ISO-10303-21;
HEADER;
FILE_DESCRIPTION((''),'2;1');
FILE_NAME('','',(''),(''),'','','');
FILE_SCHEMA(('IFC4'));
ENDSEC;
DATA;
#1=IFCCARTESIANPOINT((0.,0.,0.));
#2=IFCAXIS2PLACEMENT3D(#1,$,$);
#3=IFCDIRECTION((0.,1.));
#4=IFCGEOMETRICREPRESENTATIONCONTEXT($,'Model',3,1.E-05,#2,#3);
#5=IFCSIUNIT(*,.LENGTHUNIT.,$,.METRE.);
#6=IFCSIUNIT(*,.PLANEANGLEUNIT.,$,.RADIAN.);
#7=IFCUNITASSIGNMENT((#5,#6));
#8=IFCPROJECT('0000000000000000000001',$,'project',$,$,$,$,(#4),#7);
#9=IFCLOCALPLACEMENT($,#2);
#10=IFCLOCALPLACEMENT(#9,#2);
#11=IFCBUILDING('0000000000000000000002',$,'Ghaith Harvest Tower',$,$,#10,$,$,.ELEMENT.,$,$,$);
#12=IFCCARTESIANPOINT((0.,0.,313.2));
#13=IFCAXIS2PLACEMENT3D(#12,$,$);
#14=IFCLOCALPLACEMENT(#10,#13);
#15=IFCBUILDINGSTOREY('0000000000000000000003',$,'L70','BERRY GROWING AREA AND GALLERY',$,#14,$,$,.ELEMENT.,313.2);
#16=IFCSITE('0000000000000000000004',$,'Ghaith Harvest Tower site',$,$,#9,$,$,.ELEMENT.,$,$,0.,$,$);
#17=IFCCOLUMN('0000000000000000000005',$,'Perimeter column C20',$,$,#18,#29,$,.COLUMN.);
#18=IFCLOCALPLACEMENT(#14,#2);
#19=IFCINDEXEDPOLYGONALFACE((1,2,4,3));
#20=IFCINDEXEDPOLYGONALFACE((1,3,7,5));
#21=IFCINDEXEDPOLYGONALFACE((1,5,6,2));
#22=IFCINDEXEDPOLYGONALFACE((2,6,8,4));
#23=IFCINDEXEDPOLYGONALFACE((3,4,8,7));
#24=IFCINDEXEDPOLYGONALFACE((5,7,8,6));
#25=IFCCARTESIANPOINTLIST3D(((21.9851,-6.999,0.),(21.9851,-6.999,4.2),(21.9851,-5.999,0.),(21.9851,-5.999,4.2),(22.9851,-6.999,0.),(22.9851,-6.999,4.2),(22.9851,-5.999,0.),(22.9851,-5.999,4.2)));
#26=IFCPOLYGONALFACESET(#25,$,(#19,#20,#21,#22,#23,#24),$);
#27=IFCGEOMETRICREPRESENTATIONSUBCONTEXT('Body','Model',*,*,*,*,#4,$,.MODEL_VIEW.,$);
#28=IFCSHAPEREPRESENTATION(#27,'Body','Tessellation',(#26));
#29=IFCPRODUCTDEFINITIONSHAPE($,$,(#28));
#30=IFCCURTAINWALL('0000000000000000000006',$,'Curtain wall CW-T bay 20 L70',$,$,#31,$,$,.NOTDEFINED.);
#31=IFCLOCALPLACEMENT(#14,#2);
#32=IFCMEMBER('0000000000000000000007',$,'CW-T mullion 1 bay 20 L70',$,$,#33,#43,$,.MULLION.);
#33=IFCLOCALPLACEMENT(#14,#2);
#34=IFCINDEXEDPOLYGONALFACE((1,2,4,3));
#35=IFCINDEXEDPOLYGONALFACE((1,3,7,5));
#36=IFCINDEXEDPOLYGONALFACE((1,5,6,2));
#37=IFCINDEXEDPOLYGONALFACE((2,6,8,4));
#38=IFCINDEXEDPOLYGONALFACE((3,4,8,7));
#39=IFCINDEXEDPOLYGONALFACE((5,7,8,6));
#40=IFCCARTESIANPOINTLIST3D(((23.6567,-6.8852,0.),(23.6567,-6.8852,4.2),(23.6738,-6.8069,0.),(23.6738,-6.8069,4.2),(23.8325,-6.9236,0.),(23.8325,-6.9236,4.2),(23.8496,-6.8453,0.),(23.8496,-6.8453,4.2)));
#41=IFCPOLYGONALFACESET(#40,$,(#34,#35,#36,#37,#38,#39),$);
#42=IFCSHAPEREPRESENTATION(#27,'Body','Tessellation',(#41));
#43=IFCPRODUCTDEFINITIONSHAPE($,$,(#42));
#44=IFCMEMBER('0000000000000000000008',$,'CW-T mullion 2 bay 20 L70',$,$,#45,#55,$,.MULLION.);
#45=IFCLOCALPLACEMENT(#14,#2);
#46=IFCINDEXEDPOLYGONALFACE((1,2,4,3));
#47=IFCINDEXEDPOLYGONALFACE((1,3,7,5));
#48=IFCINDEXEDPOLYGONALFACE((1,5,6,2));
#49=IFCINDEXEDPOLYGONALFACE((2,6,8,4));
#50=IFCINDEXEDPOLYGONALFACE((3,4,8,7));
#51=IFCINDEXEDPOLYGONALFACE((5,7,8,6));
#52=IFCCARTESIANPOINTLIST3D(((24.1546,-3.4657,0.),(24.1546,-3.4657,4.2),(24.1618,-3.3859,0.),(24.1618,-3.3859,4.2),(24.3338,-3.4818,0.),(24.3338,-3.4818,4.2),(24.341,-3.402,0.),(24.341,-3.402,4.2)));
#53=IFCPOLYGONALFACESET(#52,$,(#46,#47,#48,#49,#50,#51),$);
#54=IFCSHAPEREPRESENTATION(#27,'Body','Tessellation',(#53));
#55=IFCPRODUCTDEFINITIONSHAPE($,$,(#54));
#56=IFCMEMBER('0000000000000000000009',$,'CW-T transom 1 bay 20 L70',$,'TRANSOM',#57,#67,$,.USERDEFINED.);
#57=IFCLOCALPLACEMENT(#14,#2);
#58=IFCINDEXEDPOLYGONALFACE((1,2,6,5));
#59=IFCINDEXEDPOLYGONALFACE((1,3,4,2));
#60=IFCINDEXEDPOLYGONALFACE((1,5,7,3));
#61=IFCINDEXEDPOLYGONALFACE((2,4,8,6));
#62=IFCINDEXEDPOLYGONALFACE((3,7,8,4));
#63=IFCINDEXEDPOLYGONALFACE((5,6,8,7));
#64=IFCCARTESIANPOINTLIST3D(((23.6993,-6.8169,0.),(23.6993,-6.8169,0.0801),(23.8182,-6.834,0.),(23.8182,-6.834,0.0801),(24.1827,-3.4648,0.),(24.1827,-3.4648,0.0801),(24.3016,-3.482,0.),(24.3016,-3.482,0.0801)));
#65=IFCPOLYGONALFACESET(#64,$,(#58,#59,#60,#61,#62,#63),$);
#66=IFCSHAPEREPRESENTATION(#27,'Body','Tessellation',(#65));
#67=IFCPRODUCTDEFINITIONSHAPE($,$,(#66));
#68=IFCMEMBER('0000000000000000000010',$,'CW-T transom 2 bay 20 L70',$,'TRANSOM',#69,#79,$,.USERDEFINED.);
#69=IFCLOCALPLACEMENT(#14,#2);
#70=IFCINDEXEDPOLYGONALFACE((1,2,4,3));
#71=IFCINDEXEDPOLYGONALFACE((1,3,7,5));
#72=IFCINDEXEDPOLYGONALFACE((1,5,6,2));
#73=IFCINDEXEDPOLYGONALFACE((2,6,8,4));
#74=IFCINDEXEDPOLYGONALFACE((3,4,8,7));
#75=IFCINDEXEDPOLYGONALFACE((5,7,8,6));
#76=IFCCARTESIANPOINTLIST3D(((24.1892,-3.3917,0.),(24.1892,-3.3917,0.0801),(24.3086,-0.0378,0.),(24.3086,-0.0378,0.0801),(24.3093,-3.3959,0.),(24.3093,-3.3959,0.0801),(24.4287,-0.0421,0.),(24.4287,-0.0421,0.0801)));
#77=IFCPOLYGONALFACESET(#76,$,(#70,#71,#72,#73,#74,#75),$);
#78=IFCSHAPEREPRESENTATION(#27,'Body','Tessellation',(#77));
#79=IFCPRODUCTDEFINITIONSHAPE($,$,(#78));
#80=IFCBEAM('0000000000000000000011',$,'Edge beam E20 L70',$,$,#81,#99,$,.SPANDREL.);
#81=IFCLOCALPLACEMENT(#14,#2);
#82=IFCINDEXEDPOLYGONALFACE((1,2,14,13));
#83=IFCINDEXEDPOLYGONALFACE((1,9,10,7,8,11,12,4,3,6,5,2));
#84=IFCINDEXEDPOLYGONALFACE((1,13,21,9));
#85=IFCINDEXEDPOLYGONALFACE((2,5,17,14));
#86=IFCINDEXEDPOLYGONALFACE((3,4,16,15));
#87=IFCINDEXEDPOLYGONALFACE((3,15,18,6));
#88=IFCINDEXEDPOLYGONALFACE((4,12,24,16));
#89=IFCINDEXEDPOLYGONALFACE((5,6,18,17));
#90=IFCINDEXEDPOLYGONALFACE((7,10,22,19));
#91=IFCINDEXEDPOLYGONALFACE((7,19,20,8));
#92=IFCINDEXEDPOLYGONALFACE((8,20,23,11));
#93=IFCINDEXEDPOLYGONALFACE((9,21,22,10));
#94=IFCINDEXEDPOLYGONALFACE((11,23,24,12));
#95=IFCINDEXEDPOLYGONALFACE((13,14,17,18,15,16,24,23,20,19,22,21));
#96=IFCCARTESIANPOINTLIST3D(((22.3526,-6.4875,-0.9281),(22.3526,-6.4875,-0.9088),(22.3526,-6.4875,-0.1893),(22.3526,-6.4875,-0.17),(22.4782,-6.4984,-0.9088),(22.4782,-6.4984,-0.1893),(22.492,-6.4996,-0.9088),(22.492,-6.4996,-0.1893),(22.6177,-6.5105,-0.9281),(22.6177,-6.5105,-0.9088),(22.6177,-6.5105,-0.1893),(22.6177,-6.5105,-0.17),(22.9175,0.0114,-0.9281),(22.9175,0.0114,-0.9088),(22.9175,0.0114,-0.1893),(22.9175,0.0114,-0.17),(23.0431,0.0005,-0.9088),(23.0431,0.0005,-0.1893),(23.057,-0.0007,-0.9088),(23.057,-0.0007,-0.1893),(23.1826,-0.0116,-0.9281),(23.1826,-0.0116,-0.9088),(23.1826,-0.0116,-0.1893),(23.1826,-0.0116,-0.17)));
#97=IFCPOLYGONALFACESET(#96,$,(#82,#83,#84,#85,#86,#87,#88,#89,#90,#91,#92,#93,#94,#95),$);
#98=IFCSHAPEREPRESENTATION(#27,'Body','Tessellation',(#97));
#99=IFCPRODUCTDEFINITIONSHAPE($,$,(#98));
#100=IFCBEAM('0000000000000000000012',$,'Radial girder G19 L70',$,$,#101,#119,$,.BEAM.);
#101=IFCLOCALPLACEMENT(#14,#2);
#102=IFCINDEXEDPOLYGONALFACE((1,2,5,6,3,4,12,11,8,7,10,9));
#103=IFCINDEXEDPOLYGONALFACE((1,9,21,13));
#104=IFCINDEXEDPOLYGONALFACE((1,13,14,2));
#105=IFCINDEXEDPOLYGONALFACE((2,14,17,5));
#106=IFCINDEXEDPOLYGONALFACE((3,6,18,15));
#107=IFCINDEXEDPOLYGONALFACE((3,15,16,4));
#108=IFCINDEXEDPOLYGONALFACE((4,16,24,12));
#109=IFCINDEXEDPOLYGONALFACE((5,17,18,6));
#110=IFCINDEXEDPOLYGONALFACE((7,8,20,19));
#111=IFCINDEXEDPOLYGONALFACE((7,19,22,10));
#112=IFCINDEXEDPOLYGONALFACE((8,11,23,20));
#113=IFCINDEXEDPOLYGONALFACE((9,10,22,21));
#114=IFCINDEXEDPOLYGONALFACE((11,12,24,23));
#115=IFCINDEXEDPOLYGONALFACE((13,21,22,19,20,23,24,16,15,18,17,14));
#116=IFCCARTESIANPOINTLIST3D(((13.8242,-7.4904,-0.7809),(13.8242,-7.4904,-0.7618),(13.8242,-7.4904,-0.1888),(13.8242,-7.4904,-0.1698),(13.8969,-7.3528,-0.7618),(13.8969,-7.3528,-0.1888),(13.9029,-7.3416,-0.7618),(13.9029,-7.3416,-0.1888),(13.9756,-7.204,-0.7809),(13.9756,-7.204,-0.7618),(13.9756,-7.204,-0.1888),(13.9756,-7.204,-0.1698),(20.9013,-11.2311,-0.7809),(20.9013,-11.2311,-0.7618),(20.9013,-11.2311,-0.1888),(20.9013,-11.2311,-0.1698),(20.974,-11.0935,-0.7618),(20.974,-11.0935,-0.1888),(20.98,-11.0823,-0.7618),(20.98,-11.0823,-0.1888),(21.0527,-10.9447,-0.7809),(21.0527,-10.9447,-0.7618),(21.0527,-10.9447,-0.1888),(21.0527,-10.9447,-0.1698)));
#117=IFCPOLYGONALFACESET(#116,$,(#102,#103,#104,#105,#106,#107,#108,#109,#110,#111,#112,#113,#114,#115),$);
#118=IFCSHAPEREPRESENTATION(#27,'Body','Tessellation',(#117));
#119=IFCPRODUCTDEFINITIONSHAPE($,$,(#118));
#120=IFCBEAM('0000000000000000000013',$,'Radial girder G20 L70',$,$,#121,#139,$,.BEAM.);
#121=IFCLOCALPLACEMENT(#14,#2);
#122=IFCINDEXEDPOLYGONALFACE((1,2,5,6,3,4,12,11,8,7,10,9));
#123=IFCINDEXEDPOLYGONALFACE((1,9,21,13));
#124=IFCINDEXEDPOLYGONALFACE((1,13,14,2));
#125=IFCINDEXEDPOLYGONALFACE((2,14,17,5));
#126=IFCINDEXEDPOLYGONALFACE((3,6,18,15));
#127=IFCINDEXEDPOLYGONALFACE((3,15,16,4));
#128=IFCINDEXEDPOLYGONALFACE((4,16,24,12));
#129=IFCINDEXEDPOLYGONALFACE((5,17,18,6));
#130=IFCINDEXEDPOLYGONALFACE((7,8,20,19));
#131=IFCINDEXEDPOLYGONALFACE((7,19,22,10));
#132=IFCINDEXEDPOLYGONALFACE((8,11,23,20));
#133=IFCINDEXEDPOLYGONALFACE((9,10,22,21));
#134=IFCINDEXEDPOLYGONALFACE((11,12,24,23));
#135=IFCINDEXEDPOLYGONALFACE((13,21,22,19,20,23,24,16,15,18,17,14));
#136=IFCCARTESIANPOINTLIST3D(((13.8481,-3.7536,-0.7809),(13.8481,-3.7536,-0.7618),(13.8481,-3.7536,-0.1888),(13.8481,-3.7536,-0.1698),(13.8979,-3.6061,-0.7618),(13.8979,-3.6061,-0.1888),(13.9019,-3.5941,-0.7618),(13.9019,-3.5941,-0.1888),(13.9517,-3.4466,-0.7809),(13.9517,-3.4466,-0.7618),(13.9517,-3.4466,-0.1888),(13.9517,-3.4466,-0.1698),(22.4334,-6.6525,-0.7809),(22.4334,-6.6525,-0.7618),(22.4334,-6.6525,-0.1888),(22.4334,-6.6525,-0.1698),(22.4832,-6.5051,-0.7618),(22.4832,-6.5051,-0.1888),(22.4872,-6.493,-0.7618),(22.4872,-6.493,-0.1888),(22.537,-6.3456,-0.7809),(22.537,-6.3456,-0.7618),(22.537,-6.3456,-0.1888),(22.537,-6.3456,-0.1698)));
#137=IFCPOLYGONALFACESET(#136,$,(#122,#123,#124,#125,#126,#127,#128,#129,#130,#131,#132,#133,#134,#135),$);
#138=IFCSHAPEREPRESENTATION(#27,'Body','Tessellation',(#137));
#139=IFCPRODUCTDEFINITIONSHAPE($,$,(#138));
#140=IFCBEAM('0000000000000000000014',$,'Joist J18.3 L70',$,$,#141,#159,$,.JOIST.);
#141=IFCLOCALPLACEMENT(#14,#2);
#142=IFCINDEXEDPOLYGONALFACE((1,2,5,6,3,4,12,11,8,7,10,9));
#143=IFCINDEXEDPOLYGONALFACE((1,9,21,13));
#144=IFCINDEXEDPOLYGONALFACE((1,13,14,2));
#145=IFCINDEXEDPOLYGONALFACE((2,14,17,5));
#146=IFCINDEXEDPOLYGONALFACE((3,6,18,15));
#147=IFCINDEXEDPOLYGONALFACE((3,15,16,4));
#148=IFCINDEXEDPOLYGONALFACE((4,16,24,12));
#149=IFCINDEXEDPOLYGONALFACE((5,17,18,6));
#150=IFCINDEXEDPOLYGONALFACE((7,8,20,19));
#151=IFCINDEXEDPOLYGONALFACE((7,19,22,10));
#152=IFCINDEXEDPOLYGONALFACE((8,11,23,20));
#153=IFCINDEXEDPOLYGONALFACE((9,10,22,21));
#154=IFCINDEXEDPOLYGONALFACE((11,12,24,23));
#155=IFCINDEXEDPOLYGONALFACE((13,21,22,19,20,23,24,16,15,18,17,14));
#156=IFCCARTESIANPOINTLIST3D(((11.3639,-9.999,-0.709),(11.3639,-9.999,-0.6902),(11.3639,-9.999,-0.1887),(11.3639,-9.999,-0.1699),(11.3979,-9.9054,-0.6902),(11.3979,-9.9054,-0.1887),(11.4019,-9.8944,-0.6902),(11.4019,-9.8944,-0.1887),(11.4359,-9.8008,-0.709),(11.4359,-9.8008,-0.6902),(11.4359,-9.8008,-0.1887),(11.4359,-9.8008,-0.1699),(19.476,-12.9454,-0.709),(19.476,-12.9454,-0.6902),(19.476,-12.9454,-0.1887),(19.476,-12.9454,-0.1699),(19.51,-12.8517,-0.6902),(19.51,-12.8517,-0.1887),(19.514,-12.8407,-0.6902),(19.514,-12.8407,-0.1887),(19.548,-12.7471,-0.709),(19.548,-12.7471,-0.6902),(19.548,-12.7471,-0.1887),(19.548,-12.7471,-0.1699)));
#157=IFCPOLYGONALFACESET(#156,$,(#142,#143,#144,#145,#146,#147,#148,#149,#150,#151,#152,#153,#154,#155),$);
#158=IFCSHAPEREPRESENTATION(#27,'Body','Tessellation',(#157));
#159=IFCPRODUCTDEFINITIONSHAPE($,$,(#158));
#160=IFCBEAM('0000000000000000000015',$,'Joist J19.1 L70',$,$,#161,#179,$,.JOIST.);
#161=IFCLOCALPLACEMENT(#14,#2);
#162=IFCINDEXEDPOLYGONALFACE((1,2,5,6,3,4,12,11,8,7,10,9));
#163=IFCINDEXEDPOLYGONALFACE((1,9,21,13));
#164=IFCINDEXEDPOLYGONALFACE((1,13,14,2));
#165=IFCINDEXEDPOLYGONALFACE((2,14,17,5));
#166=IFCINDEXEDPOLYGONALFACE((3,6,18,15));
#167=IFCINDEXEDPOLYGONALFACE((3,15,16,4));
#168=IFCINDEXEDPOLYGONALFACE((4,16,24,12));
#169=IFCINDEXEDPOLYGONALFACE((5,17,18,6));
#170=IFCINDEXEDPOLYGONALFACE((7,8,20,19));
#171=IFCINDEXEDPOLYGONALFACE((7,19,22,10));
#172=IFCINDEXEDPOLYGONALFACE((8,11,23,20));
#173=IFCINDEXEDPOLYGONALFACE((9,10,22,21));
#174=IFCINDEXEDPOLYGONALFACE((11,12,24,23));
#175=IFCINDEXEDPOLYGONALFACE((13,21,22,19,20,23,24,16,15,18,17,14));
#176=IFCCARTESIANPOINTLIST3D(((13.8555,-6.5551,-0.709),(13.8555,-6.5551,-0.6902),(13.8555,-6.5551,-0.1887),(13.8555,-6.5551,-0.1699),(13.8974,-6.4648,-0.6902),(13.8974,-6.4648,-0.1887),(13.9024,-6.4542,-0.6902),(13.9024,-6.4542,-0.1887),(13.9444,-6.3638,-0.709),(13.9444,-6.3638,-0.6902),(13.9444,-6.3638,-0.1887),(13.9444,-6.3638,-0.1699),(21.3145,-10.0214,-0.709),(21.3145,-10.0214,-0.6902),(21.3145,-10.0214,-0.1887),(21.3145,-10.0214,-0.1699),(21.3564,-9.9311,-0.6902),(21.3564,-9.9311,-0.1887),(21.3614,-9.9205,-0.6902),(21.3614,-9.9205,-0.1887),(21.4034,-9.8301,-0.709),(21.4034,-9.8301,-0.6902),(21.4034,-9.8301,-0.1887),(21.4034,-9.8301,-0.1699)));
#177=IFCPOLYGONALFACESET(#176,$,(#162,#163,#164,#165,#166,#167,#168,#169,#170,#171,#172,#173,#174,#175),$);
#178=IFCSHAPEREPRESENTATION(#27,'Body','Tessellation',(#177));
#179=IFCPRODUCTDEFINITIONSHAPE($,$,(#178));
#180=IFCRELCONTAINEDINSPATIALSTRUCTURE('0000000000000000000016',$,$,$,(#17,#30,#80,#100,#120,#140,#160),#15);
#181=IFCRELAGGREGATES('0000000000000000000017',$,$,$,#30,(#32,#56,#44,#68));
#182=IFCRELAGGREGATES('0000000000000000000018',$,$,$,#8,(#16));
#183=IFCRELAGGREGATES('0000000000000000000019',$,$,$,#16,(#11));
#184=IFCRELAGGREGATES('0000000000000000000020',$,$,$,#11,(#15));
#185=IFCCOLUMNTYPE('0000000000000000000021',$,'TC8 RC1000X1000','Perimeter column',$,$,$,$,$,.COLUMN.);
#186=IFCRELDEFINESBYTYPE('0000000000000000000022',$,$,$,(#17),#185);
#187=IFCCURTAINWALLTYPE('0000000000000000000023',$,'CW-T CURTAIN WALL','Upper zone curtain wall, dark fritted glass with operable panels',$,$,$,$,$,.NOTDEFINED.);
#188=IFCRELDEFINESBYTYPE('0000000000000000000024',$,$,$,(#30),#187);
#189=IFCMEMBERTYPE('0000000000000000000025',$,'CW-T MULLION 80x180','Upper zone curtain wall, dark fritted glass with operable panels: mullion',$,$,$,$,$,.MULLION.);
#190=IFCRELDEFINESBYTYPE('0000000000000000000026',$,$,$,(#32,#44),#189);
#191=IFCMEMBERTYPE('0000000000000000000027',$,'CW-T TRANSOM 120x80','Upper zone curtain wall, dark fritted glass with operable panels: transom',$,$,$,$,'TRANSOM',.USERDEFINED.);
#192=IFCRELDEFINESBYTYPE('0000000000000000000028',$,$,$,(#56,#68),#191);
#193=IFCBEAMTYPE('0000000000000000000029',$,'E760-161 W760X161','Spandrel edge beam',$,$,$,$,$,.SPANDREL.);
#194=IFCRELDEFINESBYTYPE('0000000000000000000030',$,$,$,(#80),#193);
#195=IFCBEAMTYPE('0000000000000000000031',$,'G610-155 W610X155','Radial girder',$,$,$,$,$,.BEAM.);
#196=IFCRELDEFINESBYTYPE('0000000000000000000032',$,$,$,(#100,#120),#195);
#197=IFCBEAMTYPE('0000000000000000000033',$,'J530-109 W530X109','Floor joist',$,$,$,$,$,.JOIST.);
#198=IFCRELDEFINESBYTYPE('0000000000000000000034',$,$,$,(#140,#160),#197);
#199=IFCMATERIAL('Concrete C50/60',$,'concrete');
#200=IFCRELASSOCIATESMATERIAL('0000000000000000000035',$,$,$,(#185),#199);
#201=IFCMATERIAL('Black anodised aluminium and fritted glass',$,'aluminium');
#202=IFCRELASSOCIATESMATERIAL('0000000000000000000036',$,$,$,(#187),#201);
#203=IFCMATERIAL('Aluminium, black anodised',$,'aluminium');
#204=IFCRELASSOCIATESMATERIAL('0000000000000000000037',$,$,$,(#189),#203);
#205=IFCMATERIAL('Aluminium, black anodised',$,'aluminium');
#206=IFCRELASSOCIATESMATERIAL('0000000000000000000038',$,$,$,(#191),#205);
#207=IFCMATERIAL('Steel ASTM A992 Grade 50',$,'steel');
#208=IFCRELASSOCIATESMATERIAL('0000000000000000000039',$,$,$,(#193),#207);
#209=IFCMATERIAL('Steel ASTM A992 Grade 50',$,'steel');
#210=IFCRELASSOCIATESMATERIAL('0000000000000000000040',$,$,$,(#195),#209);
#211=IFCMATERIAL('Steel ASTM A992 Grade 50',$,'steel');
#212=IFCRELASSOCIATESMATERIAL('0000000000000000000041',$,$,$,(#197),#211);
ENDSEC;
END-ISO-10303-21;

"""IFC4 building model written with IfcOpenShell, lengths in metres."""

from ifc_helpers import new_model, si_unit, direction, frame, origin, origin_2d, place, context, subcontext, project, spatial, rectangle, i_section, extrude, material, material_profile, profile_set, type_object, element, aggregate, save


model = new_model("IFC4")

# Units and contexts
model_context = context("Model", 3, precision=1e-05, world=origin(), true_north=direction((0.0, 1.0)))
body_context = subcontext(model_context, "Body", "Model", "MODEL_VIEW")
ifc_project = project(units=[si_unit("LENGTHUNIT", "METRE"), si_unit("PLANEANGLEUNIT", "RADIAN")], contexts=[model_context])

# Site, building, storey
site_placement = place(None, origin())
site = spatial("IfcSite", under=ifc_project, at=site_placement, Name="Ghaith Harvest Tower site", CompositionType="ELEMENT", RefElevation=0.0)
building_placement = place(site_placement, origin())
building = spatial("IfcBuilding", under=site, at=building_placement, Name="Ghaith Harvest Tower", CompositionType="ELEMENT")
storey_placement = place(building_placement, frame((0.0, 0.0, 313.2)))
storey = spatial("IfcBuildingStorey", under=building, at=storey_placement, Name="L70", Description="BERRY GROWING AREA AND GALLERY", CompositionType="ELEMENT", Elevation=313.2)

# Column
ifc_material_1 = material(Name="Concrete C50/60", Category="concrete")
ifc_material_profile_1 = material_profile(ifc_material_1, rectangle(XDim=1.0, YDim=1.0, at=origin_2d()), Name="RC1000X1000")
ifc_profile_set_1 = profile_set([ifc_material_profile_1], Name="Concrete C50/60")
column_type = type_object("IfcColumnType", Name="TC8 RC1000X1000", Description="Perimeter column", PredefinedType="COLUMN", material=ifc_profile_set_1)
column_placement = place(storey_placement, frame((22.4851, -6.499, 0.0), z_axis=(0.0, 0.0, 1.0), x_axis=(1.0, 0.0, 0.0)))
element("IfcColumn", 1, at=column_placement, inside=storey, type_object=column_type, Name="Perimeter column C20", PredefinedType="COLUMN", context=body_context, shape_type="SweptSolid", body=[
    extrude(rectangle(XDim=1.0, YDim=1.0, at=origin_2d()), origin(), (0.0, 0.0, 1.0), 4.2),
])

# Curtain wall, members
ifc_material_2 = material(Name="Black anodised aluminium and fritted glass", Category="aluminium")
curtain_wall_type = type_object("IfcCurtainWallType", Name="CW-T CURTAIN WALL", Description="Upper zone curtain wall, dark fritted glass with operable panels", PredefinedType="NOTDEFINED", material=ifc_material_2)
curtain_wall_1_placement = place(storey_placement, origin())
curtain_wall_1 = element("IfcCurtainWall", 2, at=curtain_wall_1_placement, inside=storey, type_object=curtain_wall_type, Name="Curtain wall CW-T bay 20 L70", PredefinedType="NOTDEFINED")
ifc_material_3 = material(Name="Aluminium, black anodised", Category="aluminium")
ifc_material_profile_2 = material_profile(ifc_material_3, rectangle(XDim=0.0801, YDim=0.1799, at=origin_2d()), Name="CW-T MULLION 80x180")
ifc_profile_set_2 = profile_set([ifc_material_profile_2], Name="Aluminium, black anodised")
member_type_1 = type_object("IfcMemberType", Name="CW-T MULLION 80x180", Description="Upper zone curtain wall, dark fritted glass with operable panels: mullion", PredefinedType="MULLION", material=ifc_profile_set_2)
member_1_placement = place(storey_placement, frame((23.7532, -6.8652, 0.0), z_axis=(0.0, 0.0, 1.0), x_axis=(0.213402, 0.976964, 0.0)))
member_1 = element("IfcMember", 3, at=member_1_placement, type_object=member_type_1, Name="CW-T mullion 1 bay 20 L70", PredefinedType="MULLION", context=body_context, shape_type="SweptSolid", body=[
    extrude(rectangle(XDim=0.0801, YDim=0.1799, at=origin_2d()), origin(), (0.0, 0.0, 1.0), 4.2),
])
member_2_placement = place(storey_placement, frame((24.2478, -3.4338, 0.0), z_axis=(0.0, 0.0, 1.0), x_axis=(0.089502, 0.995987, 0.0)))
member_2 = element("IfcMember", 4, at=member_2_placement, type_object=member_type_1, Name="CW-T mullion 2 bay 20 L70", PredefinedType="MULLION", context=body_context, shape_type="SweptSolid", body=[
    extrude(rectangle(XDim=0.0801, YDim=0.1799, at=origin_2d()), origin(), (0.0, 0.0, 1.0), 4.2),
])
ifc_material_4 = material(Name="Aluminium, black anodised", Category="aluminium")
ifc_material_profile_3 = material_profile(ifc_material_4, rectangle(XDim=0.1201, YDim=0.0801, at=origin_2d()), Name="CW-T TRANSOM 120x80")
ifc_profile_set_3 = profile_set([ifc_material_profile_3], Name="Aluminium, black anodised")
member_type_2 = type_object("IfcMemberType", Name="CW-T TRANSOM 120x80", Description="Upper zone curtain wall, dark fritted glass with operable panels: transom", ElementType="TRANSOM", PredefinedType="USERDEFINED", material=ifc_profile_set_3)
member_3_placement = place(storey_placement, frame((23.7588, -6.8254, 0.04), z_axis=(0.142733, 0.989761, 0.0), x_axis=(-0.989761, 0.142733, 0.0)))
member_3 = element("IfcMember", 5, at=member_3_placement, type_object=member_type_2, Name="CW-T transom 1 bay 20 L70", ObjectType="TRANSOM", PredefinedType="USERDEFINED", context=body_context, shape_type="SweptSolid", body=[
    extrude(rectangle(XDim=0.1201, YDim=0.0801, at=origin_2d()), origin(), (0.0, 0.0, 1.0), 3.3867),
])
member_4_placement = place(storey_placement, frame((24.2493, -3.3938, 0.04), z_axis=(0.035575, 0.999367, 0.0), x_axis=(-0.999367, 0.035575, 0.0)))
member_4 = element("IfcMember", 6, at=member_4_placement, type_object=member_type_2, Name="CW-T transom 2 bay 20 L70", ObjectType="TRANSOM", PredefinedType="USERDEFINED", context=body_context, shape_type="SweptSolid", body=[
    extrude(rectangle(XDim=0.1201, YDim=0.0801, at=origin_2d()), origin(), (0.0, 0.0, 1.0), 3.356),
])

# Beams
ifc_material_5 = material(Name="Steel ASTM A992 Grade 50", Category="steel")
ifc_material_profile_4 = material_profile(ifc_material_5, i_section(OverallWidth=0.2661, OverallDepth=0.7581, WebThickness=0.0139, FlangeThickness=0.0193, at=origin_2d()), Name="W760X161")
ifc_profile_set_4 = profile_set([ifc_material_profile_4], Name="Steel ASTM A992 Grade 50")
beam_type_1 = type_object("IfcBeamType", Name="E760-161 W760X161", Description="Spandrel edge beam", PredefinedType="SPANDREL", material=ifc_profile_set_4)
beam_1_placement = place(storey_placement, frame((22.4851, -6.499, -0.5491), z_axis=(0.086601, 0.996243, 0.0), x_axis=(-0.996243, 0.086601, 0.0)))
element("IfcBeam", 7, at=beam_1_placement, inside=storey, type_object=beam_type_1, Name="Edge beam E20 L70", PredefinedType="SPANDREL", context=body_context, shape_type="SweptSolid", body=[
    extrude(i_section(OverallWidth=0.2661, OverallDepth=0.7581, WebThickness=0.0139, FlangeThickness=0.0193, at=origin_2d()), origin(), (0.0, 0.0, 1.0), 6.5234),
])
ifc_material_6 = material(Name="Steel ASTM A992 Grade 50", Category="steel")
ifc_material_profile_5 = material_profile(ifc_material_6, i_section(OverallWidth=0.324, OverallDepth=0.6111, WebThickness=0.0127, FlangeThickness=0.019, at=origin_2d()), Name="W610X155")
ifc_profile_set_5 = profile_set([ifc_material_profile_5], Name="Steel ASTM A992 Grade 50")
beam_type_2 = type_object("IfcBeamType", Name="G610-155 W610X155", Description="Radial girder", PredefinedType="BEAM", material=ifc_profile_set_5)
beam_2_placement = place(storey_placement, frame((13.8999, -7.3472, -0.4753), z_axis=(0.884098, -0.467302, 0.0), x_axis=(0.467302, 0.884098, 0.0)))
element("IfcBeam", 8, at=beam_2_placement, inside=storey, type_object=beam_type_2, Name="Radial girder G19 L70", PredefinedType="BEAM", context=body_context, shape_type="SweptSolid", body=[
    extrude(i_section(OverallWidth=0.324, OverallDepth=0.6111, WebThickness=0.0127, FlangeThickness=0.019, at=origin_2d()), origin(), (0.0, 0.0, 1.0), 8.0049),
])
beam_3_placement = place(storey_placement, frame((13.8999, -3.6001, -0.4753), z_axis=(0.947445, -0.319919, 0.0), x_axis=(0.319919, 0.947445, 0.0)))
element("IfcBeam", 9, at=beam_3_placement, inside=storey, type_object=beam_type_2, Name="Radial girder G20 L70", PredefinedType="BEAM", context=body_context, shape_type="SweptSolid", body=[
    extrude(i_section(OverallWidth=0.324, OverallDepth=0.6111, WebThickness=0.0127, FlangeThickness=0.019, at=origin_2d()), origin(), (0.0, 0.0, 1.0), 9.0615),
])
ifc_material_7 = material(Name="Steel ASTM A992 Grade 50", Category="steel")
ifc_material_profile_6 = material_profile(ifc_material_7, i_section(OverallWidth=0.2109, OverallDepth=0.5391, WebThickness=0.0117, FlangeThickness=0.0188, at=origin_2d()), Name="W530X109")
ifc_profile_set_6 = profile_set([ifc_material_profile_6], Name="Steel ASTM A992 Grade 50")
beam_type_3 = type_object("IfcBeamType", Name="J530-109 W530X109", Description="Floor joist", PredefinedType="JOIST", material=ifc_profile_set_6)
beam_4_placement = place(storey_placement, frame((11.3999, -9.8999, -0.4395), z_axis=(0.939926, -0.34138, 0.0), x_axis=(0.34138, 0.939926, 0.0)))
element("IfcBeam", 10, at=beam_4_placement, inside=storey, type_object=beam_type_3, Name="Joist J18.3 L70", PredefinedType="JOIST", context=body_context, shape_type="SweptSolid", body=[
    extrude(i_section(OverallWidth=0.2109, OverallDepth=0.5391, WebThickness=0.0117, FlangeThickness=0.0188, at=origin_2d()), origin(), (0.0, 0.0, 1.0), 8.6306),
])
beam_5_placement = place(storey_placement, frame((13.8999, -6.4595, -0.4395), z_axis=(0.90686, -0.421432, 0.0), x_axis=(0.421432, 0.90686, 0.0)))
element("IfcBeam", 11, at=beam_5_placement, inside=storey, type_object=beam_type_3, Name="Joist J19.1 L70", PredefinedType="JOIST", context=body_context, shape_type="SweptSolid", body=[
    extrude(i_section(OverallWidth=0.2109, OverallDepth=0.5391, WebThickness=0.0117, FlangeThickness=0.0188, at=origin_2d()), origin(), (0.0, 0.0, 1.0), 8.2251),
])

aggregate(curtain_wall_1, [member_1, member_3, member_2, member_4])

save(model, "model.ifc")
